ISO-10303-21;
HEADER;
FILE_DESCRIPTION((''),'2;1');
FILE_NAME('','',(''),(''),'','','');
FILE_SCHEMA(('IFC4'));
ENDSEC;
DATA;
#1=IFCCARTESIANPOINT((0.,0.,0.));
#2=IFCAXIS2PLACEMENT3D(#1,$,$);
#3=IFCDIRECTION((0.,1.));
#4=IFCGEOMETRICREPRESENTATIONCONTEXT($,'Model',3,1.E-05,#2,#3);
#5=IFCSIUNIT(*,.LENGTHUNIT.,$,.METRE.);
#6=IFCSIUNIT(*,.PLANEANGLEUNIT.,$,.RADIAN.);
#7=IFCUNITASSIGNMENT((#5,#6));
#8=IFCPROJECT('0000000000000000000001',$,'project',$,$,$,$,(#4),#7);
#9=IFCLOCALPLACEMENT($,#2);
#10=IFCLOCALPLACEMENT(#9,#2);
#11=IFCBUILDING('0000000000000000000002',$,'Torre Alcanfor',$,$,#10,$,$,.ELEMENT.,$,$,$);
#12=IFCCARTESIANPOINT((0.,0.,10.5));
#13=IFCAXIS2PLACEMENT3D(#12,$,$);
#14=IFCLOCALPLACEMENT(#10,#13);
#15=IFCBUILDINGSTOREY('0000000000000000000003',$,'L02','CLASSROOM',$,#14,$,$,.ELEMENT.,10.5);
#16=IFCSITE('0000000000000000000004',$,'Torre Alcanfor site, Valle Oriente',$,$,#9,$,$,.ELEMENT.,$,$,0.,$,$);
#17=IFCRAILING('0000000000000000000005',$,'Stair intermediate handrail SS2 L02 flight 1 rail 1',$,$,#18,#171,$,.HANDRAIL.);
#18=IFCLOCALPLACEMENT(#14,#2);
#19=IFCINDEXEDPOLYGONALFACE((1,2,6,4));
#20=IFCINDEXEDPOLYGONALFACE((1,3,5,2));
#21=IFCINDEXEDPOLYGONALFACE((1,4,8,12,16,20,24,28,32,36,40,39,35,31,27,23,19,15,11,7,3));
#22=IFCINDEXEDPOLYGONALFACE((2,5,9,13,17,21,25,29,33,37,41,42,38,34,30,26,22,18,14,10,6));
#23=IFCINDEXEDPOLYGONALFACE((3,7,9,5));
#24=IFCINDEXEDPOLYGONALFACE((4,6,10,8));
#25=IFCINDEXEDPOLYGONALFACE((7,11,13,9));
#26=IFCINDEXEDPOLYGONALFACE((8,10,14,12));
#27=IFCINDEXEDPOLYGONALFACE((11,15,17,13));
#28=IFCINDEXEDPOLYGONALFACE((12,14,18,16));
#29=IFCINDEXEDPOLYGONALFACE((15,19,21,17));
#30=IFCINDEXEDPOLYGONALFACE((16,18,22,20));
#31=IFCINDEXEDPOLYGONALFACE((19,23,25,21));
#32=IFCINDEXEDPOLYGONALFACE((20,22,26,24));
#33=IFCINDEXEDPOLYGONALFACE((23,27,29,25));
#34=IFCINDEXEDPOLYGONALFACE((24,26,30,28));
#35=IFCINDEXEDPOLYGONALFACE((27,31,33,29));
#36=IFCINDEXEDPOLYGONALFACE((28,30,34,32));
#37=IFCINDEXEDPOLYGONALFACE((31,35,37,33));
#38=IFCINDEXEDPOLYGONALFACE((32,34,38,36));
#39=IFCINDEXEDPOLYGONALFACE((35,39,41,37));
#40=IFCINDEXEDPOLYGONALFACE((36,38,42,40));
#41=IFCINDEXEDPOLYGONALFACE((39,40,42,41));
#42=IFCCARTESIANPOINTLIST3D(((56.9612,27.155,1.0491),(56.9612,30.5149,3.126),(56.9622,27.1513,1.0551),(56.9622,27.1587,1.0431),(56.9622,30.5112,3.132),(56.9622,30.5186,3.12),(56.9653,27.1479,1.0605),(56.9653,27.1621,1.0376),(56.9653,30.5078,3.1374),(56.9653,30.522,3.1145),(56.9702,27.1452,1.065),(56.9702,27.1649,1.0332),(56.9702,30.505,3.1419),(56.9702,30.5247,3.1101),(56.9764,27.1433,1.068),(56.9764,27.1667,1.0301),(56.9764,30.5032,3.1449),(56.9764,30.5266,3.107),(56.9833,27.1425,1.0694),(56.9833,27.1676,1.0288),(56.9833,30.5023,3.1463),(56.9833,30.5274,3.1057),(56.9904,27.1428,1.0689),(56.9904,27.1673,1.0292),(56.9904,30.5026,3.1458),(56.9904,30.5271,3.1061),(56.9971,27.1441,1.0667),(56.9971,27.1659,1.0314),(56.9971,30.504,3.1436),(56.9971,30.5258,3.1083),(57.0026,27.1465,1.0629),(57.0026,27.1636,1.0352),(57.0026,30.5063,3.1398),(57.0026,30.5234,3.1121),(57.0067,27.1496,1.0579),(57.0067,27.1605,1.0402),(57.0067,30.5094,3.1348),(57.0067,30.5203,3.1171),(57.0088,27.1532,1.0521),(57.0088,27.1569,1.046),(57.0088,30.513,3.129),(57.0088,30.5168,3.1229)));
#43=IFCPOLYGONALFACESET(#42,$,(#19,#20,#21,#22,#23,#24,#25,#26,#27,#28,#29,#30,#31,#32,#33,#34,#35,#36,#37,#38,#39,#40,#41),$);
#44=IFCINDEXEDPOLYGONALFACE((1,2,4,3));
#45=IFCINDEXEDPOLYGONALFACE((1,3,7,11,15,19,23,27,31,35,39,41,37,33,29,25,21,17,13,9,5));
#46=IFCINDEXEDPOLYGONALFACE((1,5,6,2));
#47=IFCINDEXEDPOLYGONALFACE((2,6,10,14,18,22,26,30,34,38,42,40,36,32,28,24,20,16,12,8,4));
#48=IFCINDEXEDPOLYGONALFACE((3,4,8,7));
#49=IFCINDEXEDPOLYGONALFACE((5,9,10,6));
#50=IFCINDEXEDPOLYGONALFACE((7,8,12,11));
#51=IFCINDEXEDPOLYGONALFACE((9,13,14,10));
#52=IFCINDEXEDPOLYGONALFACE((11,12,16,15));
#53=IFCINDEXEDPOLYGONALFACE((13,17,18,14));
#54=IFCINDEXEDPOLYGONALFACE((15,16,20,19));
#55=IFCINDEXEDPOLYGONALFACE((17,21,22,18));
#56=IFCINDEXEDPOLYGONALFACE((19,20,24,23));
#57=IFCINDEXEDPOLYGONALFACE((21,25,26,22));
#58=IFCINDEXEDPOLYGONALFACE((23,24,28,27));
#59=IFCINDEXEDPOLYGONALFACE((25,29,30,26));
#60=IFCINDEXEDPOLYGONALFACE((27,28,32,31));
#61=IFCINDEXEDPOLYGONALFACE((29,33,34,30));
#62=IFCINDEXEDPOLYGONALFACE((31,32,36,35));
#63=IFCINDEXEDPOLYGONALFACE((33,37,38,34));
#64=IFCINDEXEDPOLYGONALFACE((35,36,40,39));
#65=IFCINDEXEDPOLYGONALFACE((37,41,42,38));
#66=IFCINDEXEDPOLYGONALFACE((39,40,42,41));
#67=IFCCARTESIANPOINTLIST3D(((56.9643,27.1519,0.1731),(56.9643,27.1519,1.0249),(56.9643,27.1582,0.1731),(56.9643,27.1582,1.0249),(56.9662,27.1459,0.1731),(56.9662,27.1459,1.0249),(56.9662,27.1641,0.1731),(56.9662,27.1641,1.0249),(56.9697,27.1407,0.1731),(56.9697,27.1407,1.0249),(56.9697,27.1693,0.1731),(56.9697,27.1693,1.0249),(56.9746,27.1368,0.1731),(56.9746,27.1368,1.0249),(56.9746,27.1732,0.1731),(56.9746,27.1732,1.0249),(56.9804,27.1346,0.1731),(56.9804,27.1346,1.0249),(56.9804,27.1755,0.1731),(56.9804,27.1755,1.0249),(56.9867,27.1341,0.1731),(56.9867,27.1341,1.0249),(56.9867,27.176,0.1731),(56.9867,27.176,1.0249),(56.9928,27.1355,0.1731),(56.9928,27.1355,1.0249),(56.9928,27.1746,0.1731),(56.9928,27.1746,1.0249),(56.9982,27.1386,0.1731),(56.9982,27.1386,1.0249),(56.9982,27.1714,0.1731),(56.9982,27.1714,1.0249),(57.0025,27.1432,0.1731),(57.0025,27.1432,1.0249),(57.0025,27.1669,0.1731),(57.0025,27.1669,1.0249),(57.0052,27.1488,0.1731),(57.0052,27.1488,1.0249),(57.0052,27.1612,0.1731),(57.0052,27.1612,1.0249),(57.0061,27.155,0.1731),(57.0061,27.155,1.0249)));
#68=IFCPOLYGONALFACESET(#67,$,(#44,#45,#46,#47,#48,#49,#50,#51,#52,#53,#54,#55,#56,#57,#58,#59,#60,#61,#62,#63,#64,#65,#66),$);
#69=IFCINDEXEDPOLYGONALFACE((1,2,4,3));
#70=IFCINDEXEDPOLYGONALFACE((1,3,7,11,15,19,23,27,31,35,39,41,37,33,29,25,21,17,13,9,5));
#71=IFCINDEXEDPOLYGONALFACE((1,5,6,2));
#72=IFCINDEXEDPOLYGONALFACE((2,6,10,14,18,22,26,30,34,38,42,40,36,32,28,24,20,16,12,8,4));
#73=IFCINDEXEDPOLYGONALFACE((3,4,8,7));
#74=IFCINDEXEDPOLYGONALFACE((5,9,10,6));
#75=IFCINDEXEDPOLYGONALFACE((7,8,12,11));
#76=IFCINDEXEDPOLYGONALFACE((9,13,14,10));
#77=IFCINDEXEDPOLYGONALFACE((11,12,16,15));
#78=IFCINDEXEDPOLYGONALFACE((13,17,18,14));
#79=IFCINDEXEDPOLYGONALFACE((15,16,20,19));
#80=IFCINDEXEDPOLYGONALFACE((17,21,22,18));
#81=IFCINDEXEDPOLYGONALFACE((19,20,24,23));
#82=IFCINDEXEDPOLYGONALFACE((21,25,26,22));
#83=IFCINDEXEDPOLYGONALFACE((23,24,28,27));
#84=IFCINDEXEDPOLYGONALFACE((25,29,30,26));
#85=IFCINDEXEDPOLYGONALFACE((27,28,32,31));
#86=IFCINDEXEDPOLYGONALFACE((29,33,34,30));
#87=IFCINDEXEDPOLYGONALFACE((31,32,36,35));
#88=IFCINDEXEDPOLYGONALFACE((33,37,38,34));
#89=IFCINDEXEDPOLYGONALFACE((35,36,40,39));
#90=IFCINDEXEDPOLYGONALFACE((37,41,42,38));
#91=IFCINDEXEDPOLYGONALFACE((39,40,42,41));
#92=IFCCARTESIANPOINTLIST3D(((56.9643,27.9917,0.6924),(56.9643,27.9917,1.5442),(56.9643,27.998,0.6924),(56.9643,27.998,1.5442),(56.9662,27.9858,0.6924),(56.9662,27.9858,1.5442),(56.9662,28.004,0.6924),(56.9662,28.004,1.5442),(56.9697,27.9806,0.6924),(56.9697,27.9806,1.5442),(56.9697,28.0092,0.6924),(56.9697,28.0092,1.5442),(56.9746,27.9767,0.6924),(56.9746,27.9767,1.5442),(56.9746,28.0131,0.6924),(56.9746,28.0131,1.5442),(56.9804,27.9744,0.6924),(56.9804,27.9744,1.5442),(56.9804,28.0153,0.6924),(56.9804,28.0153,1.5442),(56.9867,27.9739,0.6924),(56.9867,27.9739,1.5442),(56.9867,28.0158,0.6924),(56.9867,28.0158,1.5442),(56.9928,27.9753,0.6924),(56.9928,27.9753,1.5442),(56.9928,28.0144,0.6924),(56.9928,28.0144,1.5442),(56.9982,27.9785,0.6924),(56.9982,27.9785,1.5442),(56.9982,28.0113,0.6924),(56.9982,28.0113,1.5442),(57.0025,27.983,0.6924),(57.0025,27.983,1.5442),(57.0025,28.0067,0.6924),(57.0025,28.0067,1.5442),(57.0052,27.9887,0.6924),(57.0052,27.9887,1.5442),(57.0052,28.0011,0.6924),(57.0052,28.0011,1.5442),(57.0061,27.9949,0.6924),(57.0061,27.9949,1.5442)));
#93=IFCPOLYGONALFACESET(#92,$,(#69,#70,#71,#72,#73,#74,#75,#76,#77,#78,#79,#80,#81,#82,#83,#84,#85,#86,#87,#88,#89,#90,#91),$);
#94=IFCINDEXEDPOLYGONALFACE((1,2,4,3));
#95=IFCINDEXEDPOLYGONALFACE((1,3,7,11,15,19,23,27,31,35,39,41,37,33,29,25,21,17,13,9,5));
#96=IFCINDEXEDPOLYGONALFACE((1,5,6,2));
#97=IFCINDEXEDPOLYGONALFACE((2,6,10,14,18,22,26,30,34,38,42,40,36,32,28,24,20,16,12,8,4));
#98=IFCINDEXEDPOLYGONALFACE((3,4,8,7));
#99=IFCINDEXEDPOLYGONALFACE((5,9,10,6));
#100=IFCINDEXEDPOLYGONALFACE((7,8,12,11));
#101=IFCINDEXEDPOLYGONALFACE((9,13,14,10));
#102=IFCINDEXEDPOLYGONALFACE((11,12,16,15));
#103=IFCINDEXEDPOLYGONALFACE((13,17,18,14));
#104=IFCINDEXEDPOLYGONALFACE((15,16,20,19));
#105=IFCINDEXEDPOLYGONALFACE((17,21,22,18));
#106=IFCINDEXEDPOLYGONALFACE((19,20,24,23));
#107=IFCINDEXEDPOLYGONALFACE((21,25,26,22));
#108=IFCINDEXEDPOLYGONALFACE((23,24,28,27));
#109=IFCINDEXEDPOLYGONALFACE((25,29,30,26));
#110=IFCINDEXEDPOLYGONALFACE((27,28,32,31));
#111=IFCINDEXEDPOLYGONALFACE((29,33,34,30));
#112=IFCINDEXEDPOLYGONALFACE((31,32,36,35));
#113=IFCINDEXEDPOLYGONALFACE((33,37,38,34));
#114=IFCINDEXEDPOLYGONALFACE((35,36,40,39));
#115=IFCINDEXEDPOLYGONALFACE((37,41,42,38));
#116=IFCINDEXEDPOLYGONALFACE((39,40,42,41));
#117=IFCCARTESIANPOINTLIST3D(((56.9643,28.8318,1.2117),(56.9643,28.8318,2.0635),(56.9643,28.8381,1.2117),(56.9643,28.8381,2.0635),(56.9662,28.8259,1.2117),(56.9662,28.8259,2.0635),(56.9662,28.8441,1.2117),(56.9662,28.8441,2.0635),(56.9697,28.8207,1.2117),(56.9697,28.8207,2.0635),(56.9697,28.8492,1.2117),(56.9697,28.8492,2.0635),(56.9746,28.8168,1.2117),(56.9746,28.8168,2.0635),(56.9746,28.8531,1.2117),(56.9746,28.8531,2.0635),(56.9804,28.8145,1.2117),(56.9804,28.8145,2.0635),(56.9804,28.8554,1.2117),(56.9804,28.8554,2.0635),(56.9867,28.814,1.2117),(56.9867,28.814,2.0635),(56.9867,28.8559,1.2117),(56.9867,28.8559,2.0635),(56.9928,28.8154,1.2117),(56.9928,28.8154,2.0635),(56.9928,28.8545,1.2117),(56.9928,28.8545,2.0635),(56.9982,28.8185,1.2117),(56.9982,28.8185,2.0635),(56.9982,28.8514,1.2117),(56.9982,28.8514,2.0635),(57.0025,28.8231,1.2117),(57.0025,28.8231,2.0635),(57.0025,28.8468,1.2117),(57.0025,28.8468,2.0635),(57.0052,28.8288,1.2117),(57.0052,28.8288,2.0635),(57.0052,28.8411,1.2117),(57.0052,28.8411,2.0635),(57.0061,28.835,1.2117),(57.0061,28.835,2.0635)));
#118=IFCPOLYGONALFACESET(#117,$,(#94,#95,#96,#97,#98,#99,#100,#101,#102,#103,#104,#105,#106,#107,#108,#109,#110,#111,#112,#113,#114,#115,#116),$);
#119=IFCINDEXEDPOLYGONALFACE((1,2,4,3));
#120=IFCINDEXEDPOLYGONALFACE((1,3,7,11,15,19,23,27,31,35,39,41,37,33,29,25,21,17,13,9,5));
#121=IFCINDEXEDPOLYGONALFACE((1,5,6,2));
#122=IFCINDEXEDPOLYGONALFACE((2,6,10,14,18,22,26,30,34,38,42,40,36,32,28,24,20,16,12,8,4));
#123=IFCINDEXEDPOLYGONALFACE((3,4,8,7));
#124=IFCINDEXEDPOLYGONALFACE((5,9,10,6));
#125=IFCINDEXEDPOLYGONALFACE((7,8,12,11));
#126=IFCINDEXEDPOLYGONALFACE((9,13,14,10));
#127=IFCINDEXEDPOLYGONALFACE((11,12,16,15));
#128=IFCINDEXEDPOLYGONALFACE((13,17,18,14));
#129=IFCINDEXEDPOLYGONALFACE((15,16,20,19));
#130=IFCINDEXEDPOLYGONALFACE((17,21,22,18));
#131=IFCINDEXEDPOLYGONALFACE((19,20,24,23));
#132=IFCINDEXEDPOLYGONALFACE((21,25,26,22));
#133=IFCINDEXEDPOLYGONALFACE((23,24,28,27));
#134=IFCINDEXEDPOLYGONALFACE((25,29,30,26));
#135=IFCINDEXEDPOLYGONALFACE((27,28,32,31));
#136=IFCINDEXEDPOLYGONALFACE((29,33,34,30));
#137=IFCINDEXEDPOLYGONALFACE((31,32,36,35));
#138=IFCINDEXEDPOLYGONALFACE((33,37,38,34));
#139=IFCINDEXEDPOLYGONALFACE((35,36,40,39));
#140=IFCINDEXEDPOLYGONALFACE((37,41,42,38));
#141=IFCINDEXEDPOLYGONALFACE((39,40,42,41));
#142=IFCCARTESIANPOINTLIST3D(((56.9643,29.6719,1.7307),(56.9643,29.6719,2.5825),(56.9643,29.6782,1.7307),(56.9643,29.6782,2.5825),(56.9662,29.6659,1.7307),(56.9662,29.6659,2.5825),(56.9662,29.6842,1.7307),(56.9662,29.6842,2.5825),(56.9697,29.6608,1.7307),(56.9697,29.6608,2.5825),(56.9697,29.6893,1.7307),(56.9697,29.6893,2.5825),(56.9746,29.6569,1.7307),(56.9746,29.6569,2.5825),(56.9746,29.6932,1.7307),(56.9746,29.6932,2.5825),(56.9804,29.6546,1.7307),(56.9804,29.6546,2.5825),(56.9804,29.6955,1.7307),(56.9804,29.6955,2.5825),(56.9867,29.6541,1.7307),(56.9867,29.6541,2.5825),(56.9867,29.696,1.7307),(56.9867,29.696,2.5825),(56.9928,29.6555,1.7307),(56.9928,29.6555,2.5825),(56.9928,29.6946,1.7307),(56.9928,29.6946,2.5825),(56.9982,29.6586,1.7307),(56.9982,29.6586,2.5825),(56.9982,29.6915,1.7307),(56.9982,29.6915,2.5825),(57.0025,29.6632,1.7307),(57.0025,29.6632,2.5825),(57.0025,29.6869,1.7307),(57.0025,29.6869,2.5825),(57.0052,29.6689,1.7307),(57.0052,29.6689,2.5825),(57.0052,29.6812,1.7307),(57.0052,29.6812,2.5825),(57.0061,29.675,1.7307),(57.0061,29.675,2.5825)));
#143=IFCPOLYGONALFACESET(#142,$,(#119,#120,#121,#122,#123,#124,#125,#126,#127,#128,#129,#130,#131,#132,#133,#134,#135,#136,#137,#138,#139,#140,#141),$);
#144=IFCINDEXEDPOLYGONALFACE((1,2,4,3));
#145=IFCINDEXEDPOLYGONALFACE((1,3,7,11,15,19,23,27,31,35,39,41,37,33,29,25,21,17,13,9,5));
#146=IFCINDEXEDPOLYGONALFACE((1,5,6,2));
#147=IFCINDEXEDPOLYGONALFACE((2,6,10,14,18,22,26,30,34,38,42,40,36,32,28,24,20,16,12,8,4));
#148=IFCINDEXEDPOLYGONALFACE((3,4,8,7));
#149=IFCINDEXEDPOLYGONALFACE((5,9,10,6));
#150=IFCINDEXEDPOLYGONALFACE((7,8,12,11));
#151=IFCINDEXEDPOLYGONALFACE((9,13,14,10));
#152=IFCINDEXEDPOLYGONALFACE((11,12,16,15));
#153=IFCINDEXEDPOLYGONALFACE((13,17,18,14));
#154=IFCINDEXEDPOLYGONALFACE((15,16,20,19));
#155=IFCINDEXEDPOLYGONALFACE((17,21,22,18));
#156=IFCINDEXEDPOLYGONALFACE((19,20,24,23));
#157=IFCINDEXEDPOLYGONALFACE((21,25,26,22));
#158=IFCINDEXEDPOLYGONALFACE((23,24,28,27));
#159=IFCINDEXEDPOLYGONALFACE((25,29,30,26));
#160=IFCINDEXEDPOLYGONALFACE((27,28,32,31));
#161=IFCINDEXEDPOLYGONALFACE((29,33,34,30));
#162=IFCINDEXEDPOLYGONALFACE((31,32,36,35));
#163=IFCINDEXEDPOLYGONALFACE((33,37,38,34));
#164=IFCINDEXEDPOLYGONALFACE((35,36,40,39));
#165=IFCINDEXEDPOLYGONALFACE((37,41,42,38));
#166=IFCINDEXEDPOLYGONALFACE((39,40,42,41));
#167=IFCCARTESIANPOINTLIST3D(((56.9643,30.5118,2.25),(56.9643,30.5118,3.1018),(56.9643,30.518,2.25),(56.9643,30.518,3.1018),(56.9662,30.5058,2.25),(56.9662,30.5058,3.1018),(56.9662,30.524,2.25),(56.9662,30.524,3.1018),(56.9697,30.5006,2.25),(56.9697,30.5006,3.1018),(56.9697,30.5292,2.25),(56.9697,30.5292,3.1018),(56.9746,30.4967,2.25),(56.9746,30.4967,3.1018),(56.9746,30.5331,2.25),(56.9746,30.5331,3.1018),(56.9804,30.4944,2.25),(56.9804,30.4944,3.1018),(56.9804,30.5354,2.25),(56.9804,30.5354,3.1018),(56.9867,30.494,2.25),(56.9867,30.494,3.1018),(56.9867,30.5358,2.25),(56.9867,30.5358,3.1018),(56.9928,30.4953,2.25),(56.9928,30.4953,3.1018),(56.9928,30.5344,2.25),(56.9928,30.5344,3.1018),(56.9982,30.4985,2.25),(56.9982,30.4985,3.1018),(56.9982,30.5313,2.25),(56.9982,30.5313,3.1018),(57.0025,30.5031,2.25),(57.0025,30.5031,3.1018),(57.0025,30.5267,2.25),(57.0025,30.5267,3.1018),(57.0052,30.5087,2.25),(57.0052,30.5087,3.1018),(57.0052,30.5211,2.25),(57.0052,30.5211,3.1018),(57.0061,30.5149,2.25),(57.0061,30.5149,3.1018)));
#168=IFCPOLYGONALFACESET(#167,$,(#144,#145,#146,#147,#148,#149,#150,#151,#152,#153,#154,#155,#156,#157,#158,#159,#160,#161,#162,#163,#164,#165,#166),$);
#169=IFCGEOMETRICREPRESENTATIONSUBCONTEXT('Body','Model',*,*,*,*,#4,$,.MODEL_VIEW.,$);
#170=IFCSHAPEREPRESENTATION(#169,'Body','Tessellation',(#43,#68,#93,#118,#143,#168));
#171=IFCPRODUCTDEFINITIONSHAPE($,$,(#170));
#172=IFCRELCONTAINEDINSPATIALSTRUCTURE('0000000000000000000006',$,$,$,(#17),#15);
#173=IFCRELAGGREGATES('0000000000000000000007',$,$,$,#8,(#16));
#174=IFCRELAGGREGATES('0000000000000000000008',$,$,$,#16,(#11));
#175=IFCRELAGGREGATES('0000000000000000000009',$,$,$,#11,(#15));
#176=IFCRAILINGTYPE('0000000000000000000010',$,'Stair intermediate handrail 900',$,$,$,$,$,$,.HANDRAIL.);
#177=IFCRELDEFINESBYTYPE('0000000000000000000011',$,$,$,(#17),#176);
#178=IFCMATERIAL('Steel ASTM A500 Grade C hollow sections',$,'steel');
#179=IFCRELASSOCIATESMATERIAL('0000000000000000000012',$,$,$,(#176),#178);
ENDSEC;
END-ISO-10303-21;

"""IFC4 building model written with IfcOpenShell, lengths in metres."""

from ifc_helpers import new_model, si_unit, direction, frame, origin, origin_2d, place, context, subcontext, project, spatial, circle, extrude, material, type_object, element, save


model = new_model("IFC4")

# Units and contexts
model_context = context("Model", 3, precision=1e-05, world=origin(), true_north=direction((0.0, 1.0)))
body_context = subcontext(model_context, "Body", "Model", "MODEL_VIEW")
ifc_project = project(units=[si_unit("LENGTHUNIT", "METRE"), si_unit("PLANEANGLEUNIT", "RADIAN")], contexts=[model_context])

# Site, building, storey
site_placement = place(None, origin())
site = spatial("IfcSite", under=ifc_project, at=site_placement, Name="Torre Alcanfor site, Valle Oriente", CompositionType="ELEMENT", RefElevation=0.0)
building_placement = place(site_placement, origin())
building = spatial("IfcBuilding", under=site, at=building_placement, Name="Torre Alcanfor", CompositionType="ELEMENT")
storey_placement = place(building_placement, frame((0.0, 0.0, 10.5)))
storey = spatial("IfcBuildingStorey", under=building, at=storey_placement, Name="L02", Description="CLASSROOM", CompositionType="ELEMENT", Elevation=10.5)

# Railing
ifc_material_1 = material(Name="Steel ASTM A500 Grade C hollow sections", Category="steel")
railing_type_1 = type_object("IfcRailingType", Name="Stair intermediate handrail 900", PredefinedType="HANDRAIL", material=ifc_material_1)
railing_1_placement = place(storey_placement, frame((56.9851, 27.155, 0.1731)))
element("IfcRailing", 1, at=railing_1_placement, inside=storey, type_object=railing_type_1, Name="Stair intermediate handrail SS2 L02 flight 1 rail 1", PredefinedType="HANDRAIL", context=body_context, shape_type="SweptSolid", body=[
    extrude(circle(Radius=0.0239, at=origin_2d()), frame((0.0, 0.0, 0.876), z_axis=(0.0, 0.850606, 0.525803), x_axis=(-1.0, 0.0, 0.0)), (0.0, 0.0, 1.0), 3.95),
    extrude(circle(Radius=0.021, at=origin_2d()), origin(), (0.0, 0.0, 1.0), 0.8518),
    extrude(circle(Radius=0.021, at=origin_2d()), frame((0.0, 0.8398, 0.5193)), (0.0, 0.0, 1.0), 0.8518),
    extrude(circle(Radius=0.021, at=origin_2d()), frame((0.0, 1.6799, 1.0386)), (0.0, 0.0, 1.0), 0.8518),
    extrude(circle(Radius=0.021, at=origin_2d()), frame((0.0, 2.52, 1.5576)), (0.0, 0.0, 1.0), 0.8518),
    extrude(circle(Radius=0.021, at=origin_2d()), frame((0.0, 3.3599, 2.0769)), (0.0, 0.0, 1.0), 0.8518),
])

save(model, "model.ifc")
